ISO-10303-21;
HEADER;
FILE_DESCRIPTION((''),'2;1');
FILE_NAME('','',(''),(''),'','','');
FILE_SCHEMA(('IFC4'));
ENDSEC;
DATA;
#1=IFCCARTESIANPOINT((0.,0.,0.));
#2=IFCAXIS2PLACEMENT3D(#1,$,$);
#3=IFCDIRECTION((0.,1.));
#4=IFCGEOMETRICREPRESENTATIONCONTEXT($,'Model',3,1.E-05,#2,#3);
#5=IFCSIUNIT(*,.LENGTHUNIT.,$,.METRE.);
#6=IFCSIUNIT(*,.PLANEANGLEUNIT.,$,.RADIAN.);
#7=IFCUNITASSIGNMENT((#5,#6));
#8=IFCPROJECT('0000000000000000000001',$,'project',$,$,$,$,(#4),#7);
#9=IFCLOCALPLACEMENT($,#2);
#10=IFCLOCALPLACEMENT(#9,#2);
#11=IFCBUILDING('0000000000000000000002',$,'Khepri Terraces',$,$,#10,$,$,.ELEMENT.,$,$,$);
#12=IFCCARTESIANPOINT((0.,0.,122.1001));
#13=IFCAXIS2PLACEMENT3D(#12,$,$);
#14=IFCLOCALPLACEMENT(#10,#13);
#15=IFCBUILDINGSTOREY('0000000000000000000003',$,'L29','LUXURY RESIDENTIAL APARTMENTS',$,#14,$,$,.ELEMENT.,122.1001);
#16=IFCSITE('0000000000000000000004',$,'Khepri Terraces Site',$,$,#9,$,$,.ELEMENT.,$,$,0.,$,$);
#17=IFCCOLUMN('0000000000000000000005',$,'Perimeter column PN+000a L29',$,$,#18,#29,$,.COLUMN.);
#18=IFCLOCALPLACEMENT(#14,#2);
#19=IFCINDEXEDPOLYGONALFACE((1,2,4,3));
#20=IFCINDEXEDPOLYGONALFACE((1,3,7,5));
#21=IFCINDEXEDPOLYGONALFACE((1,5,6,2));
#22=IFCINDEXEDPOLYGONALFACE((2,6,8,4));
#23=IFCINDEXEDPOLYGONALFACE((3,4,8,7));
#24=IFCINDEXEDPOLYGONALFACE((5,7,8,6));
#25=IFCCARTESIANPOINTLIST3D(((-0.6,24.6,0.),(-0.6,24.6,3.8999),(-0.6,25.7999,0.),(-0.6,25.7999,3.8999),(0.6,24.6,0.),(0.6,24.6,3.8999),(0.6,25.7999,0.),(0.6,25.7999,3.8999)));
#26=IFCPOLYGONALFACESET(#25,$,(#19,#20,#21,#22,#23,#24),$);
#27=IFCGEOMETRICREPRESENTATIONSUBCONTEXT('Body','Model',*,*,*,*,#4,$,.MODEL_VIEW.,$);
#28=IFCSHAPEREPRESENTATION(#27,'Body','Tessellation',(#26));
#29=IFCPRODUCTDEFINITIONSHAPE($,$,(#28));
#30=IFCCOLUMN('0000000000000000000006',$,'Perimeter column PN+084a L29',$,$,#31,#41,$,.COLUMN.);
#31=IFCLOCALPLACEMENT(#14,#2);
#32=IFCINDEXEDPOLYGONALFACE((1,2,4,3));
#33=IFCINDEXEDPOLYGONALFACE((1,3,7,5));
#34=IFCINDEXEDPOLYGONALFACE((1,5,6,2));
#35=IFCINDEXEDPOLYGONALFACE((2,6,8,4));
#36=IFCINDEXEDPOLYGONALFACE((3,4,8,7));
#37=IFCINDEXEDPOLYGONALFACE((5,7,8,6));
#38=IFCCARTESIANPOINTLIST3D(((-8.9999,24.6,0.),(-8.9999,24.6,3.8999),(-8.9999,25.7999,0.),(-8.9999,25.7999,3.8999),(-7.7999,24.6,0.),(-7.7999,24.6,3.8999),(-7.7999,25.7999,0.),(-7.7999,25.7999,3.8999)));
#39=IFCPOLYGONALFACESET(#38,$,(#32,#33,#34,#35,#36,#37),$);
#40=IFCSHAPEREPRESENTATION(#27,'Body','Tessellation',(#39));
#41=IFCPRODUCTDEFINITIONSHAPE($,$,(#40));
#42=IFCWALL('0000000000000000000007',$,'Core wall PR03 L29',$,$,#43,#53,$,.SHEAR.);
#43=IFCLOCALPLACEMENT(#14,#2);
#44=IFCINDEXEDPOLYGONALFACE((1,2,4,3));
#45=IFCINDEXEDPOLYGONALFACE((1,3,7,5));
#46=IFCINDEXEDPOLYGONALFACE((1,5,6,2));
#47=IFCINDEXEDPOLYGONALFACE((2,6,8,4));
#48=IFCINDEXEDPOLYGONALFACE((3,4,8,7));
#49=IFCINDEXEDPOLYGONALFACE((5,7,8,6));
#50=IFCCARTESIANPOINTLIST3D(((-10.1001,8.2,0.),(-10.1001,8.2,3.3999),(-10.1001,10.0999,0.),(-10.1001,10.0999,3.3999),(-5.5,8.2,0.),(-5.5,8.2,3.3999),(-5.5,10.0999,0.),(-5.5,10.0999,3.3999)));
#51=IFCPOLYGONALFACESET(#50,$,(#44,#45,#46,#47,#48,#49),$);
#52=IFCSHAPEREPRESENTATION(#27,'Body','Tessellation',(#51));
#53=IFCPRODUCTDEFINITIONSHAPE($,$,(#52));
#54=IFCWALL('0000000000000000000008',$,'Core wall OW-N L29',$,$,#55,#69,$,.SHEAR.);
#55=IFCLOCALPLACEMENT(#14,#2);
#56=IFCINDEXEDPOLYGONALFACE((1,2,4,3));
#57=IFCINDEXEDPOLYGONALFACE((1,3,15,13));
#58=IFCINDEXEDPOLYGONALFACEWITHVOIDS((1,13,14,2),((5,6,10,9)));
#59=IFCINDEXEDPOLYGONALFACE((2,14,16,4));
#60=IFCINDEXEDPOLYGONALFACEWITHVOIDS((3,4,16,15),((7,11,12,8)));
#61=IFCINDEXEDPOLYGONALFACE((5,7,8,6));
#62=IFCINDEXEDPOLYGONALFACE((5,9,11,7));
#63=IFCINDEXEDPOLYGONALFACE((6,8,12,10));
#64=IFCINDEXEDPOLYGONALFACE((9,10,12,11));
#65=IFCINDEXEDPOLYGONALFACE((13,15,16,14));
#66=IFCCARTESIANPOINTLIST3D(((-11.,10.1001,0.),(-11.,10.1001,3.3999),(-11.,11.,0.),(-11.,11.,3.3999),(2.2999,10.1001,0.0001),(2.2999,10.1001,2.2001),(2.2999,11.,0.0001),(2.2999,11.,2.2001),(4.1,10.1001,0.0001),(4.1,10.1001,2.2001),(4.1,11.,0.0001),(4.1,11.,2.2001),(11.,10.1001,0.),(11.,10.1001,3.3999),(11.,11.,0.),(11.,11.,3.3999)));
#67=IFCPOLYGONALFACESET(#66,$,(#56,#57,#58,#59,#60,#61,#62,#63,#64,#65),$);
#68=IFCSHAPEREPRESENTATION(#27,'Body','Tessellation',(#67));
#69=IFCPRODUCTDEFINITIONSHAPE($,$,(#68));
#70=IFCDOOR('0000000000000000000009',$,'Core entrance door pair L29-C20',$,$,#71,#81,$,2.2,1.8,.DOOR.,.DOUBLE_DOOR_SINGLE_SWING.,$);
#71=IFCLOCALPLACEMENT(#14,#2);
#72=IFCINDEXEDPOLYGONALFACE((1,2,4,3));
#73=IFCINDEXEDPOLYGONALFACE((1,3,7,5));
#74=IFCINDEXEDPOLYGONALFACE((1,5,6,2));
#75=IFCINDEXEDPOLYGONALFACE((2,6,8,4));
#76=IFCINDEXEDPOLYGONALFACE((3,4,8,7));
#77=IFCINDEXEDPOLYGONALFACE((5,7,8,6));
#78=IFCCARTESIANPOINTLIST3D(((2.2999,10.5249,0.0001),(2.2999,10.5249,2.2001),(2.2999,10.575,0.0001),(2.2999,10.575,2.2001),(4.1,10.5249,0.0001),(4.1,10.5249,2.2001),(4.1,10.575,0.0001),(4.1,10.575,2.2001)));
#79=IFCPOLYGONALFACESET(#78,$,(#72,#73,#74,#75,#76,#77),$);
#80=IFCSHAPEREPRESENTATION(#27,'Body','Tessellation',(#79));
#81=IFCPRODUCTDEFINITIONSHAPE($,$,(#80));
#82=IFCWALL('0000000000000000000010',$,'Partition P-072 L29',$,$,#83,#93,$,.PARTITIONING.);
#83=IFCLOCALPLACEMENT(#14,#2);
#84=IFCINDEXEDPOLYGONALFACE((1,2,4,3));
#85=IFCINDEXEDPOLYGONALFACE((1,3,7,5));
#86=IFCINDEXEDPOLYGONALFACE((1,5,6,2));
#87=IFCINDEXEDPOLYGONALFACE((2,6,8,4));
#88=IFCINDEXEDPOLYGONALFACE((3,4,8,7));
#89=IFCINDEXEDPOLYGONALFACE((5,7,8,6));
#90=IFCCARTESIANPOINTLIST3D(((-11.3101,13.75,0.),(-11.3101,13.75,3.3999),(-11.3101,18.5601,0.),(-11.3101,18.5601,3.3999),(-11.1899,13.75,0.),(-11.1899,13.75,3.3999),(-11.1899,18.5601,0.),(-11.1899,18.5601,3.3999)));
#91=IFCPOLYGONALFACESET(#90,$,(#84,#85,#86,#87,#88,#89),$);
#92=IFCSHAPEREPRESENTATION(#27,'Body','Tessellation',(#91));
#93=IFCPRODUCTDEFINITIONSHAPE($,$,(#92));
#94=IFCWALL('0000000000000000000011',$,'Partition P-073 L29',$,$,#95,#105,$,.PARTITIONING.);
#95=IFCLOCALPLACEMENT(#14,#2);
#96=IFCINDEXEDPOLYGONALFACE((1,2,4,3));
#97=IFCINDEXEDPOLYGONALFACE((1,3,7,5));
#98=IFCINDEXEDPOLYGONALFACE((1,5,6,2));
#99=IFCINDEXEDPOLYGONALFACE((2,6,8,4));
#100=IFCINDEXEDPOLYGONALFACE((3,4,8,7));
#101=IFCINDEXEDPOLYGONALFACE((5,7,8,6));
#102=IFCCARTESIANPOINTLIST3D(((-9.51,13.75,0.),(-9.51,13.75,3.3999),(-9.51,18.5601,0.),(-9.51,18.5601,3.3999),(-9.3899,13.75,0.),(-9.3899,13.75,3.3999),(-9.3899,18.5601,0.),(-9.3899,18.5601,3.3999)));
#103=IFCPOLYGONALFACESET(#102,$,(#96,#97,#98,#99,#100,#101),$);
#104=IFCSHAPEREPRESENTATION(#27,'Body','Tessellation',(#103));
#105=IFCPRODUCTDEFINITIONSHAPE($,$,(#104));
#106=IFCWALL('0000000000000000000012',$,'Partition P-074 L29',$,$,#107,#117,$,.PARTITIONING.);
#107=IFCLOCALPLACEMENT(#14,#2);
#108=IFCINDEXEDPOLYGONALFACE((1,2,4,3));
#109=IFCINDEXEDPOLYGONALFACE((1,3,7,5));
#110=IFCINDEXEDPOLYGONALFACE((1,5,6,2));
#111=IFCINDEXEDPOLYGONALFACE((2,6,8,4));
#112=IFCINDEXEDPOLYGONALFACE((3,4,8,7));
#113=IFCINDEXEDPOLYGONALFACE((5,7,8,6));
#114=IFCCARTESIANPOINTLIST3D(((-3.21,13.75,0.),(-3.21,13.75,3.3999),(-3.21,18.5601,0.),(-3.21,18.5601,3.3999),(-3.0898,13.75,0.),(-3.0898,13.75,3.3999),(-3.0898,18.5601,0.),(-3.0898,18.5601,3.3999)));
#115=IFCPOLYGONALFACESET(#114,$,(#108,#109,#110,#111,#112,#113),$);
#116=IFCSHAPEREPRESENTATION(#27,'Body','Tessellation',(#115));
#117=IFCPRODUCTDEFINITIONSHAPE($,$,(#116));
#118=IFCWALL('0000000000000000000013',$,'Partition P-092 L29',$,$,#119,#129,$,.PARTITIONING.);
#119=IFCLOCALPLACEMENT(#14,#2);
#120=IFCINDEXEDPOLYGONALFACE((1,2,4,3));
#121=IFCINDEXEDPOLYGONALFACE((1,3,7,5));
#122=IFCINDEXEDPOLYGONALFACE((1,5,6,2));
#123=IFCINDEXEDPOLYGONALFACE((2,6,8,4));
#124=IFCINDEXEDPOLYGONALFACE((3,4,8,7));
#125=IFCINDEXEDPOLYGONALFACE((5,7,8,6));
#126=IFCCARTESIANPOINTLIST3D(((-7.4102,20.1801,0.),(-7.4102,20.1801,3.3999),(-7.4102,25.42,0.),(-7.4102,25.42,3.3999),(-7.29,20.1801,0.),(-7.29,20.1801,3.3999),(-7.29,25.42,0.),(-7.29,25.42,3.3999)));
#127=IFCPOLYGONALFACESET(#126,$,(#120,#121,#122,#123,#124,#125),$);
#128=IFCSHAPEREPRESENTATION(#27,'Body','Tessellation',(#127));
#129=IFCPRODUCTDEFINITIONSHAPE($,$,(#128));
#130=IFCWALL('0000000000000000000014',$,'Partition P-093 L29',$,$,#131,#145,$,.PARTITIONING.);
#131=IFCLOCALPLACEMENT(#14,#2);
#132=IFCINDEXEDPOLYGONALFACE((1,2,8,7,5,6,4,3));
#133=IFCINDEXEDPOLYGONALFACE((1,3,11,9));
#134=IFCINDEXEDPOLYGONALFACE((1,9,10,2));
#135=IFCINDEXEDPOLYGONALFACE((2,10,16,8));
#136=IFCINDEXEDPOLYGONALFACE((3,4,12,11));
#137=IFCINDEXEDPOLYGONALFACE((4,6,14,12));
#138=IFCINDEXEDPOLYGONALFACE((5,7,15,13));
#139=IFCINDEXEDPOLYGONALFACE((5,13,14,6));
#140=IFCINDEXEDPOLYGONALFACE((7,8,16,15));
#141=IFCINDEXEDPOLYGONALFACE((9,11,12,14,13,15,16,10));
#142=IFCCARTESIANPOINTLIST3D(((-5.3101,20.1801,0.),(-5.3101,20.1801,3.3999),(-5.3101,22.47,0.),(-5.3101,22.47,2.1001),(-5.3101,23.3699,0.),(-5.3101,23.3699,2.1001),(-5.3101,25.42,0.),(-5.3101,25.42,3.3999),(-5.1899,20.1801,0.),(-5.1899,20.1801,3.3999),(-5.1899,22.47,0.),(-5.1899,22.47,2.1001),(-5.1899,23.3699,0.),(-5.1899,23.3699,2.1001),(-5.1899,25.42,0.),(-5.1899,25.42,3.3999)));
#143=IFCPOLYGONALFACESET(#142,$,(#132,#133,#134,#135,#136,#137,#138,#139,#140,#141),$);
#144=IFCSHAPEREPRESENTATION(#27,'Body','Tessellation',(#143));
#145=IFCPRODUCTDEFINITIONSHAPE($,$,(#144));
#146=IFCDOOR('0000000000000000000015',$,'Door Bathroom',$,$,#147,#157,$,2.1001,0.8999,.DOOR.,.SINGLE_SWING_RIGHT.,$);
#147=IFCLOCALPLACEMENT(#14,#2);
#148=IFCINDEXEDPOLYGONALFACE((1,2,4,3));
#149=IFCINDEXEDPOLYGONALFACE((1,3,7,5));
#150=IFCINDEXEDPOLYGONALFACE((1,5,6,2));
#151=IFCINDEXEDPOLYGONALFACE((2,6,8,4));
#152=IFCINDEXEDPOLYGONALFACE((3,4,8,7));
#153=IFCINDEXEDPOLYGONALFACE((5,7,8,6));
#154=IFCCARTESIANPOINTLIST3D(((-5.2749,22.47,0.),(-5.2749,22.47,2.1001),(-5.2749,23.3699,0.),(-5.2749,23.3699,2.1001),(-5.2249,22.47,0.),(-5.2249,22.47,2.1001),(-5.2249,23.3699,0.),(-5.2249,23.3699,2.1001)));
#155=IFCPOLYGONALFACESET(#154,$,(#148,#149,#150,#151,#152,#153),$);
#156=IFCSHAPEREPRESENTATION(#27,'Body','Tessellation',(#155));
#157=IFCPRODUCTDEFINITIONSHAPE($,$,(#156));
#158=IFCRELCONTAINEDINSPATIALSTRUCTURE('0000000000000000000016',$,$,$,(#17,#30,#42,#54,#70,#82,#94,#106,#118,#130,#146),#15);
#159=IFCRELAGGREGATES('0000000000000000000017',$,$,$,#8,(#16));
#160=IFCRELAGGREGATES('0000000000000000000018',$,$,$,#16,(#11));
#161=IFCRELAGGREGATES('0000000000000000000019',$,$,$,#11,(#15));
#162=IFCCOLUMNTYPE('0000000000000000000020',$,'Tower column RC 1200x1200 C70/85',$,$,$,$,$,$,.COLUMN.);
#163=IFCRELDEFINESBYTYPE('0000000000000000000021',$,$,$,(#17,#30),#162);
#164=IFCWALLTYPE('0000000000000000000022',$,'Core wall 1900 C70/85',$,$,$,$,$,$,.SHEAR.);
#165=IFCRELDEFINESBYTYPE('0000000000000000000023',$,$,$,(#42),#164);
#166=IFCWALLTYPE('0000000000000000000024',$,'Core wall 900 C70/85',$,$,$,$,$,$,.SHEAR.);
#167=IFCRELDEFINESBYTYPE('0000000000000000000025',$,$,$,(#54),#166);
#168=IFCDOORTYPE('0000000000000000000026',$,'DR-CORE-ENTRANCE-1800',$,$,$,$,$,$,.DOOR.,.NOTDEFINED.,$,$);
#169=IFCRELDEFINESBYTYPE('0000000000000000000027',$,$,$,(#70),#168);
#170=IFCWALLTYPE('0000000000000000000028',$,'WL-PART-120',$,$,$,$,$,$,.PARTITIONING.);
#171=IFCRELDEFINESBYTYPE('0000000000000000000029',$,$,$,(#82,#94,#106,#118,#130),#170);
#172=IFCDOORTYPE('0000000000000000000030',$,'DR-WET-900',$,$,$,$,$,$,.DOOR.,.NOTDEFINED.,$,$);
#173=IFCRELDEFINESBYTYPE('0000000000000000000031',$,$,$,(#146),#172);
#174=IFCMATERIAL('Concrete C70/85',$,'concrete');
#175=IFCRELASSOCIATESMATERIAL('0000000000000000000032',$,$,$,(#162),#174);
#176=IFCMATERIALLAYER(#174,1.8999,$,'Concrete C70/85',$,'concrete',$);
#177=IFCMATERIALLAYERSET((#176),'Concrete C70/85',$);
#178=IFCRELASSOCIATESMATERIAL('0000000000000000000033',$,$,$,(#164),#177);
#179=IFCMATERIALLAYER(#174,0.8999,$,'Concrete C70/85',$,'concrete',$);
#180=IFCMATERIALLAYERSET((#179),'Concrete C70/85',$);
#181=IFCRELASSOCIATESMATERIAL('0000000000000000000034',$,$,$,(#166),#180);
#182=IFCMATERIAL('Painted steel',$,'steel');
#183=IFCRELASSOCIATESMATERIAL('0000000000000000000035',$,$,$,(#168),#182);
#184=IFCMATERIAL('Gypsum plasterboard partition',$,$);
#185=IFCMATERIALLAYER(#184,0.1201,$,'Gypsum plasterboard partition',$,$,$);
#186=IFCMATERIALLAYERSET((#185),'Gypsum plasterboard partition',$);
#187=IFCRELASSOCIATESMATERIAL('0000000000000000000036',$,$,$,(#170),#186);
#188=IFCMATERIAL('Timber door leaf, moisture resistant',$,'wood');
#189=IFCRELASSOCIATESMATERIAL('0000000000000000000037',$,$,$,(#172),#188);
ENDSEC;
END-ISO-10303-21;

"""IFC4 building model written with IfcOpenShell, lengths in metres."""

from ifc_helpers import new_model, si_unit, direction, frame, frame_2d, origin, origin_2d, place, context, subcontext, project, spatial, rectangle, extrude, material, layer, layer_set, material_profile, profile_set, type_object, element, fill, save


model = new_model("IFC4")

# Units and contexts
model_context = context("Model", 3, precision=1e-05, world=origin(), true_north=direction((0.0, 1.0)))
body_context = subcontext(model_context, "Body", "Model", "MODEL_VIEW")
ifc_project = project(units=[si_unit("LENGTHUNIT", "METRE"), si_unit("PLANEANGLEUNIT", "RADIAN")], contexts=[model_context])

# Site, building, storey
site_placement = place(None, origin())
site = spatial("IfcSite", under=ifc_project, at=site_placement, Name="Khepri Terraces Site", CompositionType="ELEMENT", RefElevation=0.0)
building_placement = place(site_placement, origin())
building = spatial("IfcBuilding", under=site, at=building_placement, Name="Khepri Terraces", CompositionType="ELEMENT")
storey_placement = place(building_placement, frame((0.0, 0.0, 122.1001)))
storey = spatial("IfcBuildingStorey", under=building, at=storey_placement, Name="L29", Description="LUXURY RESIDENTIAL APARTMENTS", CompositionType="ELEMENT", Elevation=122.1001)

# Columns
ifc_material_1 = material(Name="Concrete C70/85", Category="concrete")
ifc_material_profile = material_profile(ifc_material_1, rectangle(XDim=1.2, YDim=1.2, at=origin_2d()), Name="Concrete C70/85", Category="concrete")
ifc_profile_set = profile_set([ifc_material_profile], Name="Concrete C70/85")
column_type = type_object("IfcColumnType", Name="Tower column RC 1200x1200 C70/85", PredefinedType="COLUMN", material=ifc_profile_set)
for number, where, z_axis, x_axis, name in (
    (1, (0.0, 25.2, 0.0), (0.0, 0.0, 1.0), (1.0, 0.0, 0.0), "Perimeter column PN+000a L29"),
    (2, (-8.3999, 25.2, 0.0), (0.0, 0.0, 1.0), (1.0, 0.0, 0.0), "Perimeter column PN+084a L29"),
):
    element("IfcColumn", number, at=place(storey_placement, frame(where, z_axis=z_axis, x_axis=x_axis)), inside=storey, type_object=column_type, Name=name, PredefinedType="COLUMN", context=body_context, shape_type="SweptSolid", body=[
        extrude(rectangle(XDim=1.2, YDim=1.2, at=origin_2d()), origin(), (0.0, 0.0, 1.0), 3.8999),
    ])

# Wall
ifc_layer_1 = layer(ifc_material_1, 1.8999, Name="Concrete C70/85", Category="concrete")
ifc_layer_set_1 = layer_set([ifc_layer_1], Name="Concrete C70/85")
wall_type_1 = type_object("IfcWallType", Name="Core wall 1900 C70/85", PredefinedType="SHEAR", material=ifc_layer_set_1)
wall_1_placement = place(storey_placement, frame((-10.1001, 9.1499, 0.0), z_axis=(0.0, 0.0, 1.0), x_axis=(1.0, 0.0, 0.0)))
element("IfcWall", 3, at=wall_1_placement, inside=storey, type_object=wall_type_1, Name="Core wall PR03 L29", PredefinedType="SHEAR", context=body_context, shape_type="SweptSolid", body=[
    extrude(rectangle(XDim=4.6001, YDim=1.8999, at=frame_2d((2.3, 0.0))), origin(), (0.0, 0.0, 1.0), 3.3999),
])

# Wall, opening, door
ifc_layer_2 = layer(ifc_material_1, 0.8999, Name="Concrete C70/85", Category="concrete")
ifc_layer_set_2 = layer_set([ifc_layer_2], Name="Concrete C70/85")
wall_type_2 = type_object("IfcWallType", Name="Core wall 900 C70/85", PredefinedType="SHEAR", material=ifc_layer_set_2)
wall_2_placement = place(storey_placement, frame((-11.0, 10.55, 0.0), z_axis=(0.0, 0.0, 1.0), x_axis=(1.0, 0.0, 0.0)))
wall_2 = element("IfcWall", 4, at=wall_2_placement, inside=storey, type_object=wall_type_2, Name="Core wall OW-N L29", PredefinedType="SHEAR", context=body_context, shape_type="SweptSolid", body=[
    extrude(rectangle(XDim=22.0, YDim=0.8999, at=frame_2d((11.0, 0.0))), origin(), (0.0, 0.0, 1.0), 3.3999),
])
opening_1_placement = place(wall_2_placement, frame((13.3, 0.0, 0.0)))
opening_1 = element("IfcOpeningElement", 5, at=opening_1_placement, cuts=wall_2, PredefinedType="OPENING", context=body_context, shape_type="SweptSolid", body=[
    extrude(rectangle(XDim=1.8, YDim=2.2, at=frame_2d((0.8999, 1.1001))), frame((0.0, 0.46, 0.0), z_axis=(0.0, -1.0, 0.0), x_axis=(1.0, 0.0, 0.0)), (0.0, 0.0, 1.0), 0.9199),
])
ifc_material_2 = material(Name="Painted steel", Category="steel")
door_type_1 = type_object("IfcDoorType", Name="DR-CORE-ENTRANCE-1800", OperationType="NOTDEFINED", PredefinedType="DOOR", material=ifc_material_2)
door_1_placement = place(opening_1_placement, origin())
door_1 = element("IfcDoor", 6, at=door_1_placement, inside=storey, type_object=door_type_1, Name="Core entrance door pair L29-C20", OperationType="DOUBLE_DOOR_SINGLE_SWING", OverallHeight=2.2, OverallWidth=1.8, PredefinedType="DOOR", context=body_context, shape_type="SweptSolid", body=[
    extrude(rectangle(XDim=1.8, YDim=2.2, at=frame_2d((0.8999, 1.1001))), frame((0.0, 0.0249, 0.0), z_axis=(0.0, -1.0, 0.0), x_axis=(1.0, 0.0, 0.0)), (0.0, 0.0, 1.0), 0.05),
])
fill(opening_1, door_1)

# Walls
ifc_material_3 = material(Name="Gypsum plasterboard partition")
ifc_layer_3 = layer(ifc_material_3, 0.1201, Name="Gypsum plasterboard partition")
ifc_layer_set_3 = layer_set([ifc_layer_3], Name="Gypsum plasterboard partition")
wall_type_3 = type_object("IfcWallType", Name="WL-PART-120", PredefinedType="PARTITIONING", material=ifc_layer_set_3)
for number, where, z_axis, x_axis, name in (
    (7, (-11.25, 13.75, 0.0), (0.0, 0.0, 1.0), (0.0, 1.0, 0.0), "Partition P-072 L29"),
    (8, (-9.45, 13.75, 0.0), (0.0, 0.0, 1.0), (0.0, 1.0, 0.0), "Partition P-073 L29"),
    (9, (-3.1499, 13.75, 0.0), (0.0, 0.0, 1.0), (0.0, 1.0, 0.0), "Partition P-074 L29"),
):
    element("IfcWall", number, at=place(storey_placement, frame(where, z_axis=z_axis, x_axis=x_axis)), inside=storey, type_object=wall_type_3, Name=name, PredefinedType="PARTITIONING", context=body_context, shape_type="SweptSolid", body=[
        extrude(rectangle(XDim=4.8101, YDim=0.1201, at=frame_2d((2.405, 0.0))), origin(), (0.0, 0.0, 1.0), 3.3999),
    ])
wall_3_placement = place(storey_placement, frame((-7.3501, 20.1799, 0.0), z_axis=(0.0, 0.0, 1.0), x_axis=(0.0, 1.0, 0.0)))
element("IfcWall", 10, at=wall_3_placement, inside=storey, type_object=wall_type_3, Name="Partition P-092 L29", PredefinedType="PARTITIONING", context=body_context, shape_type="SweptSolid", body=[
    extrude(rectangle(XDim=5.24, YDim=0.1201, at=frame_2d((2.6201, 0.0))), origin(), (0.0, 0.0, 1.0), 3.3999),
])

# Wall, opening, door
wall_4_placement = place(storey_placement, frame((-5.25, 20.1799, 0.0), z_axis=(0.0, 0.0, 1.0), x_axis=(0.0, 1.0, 0.0)))
wall_4 = element("IfcWall", 11, at=wall_4_placement, inside=storey, type_object=wall_type_3, Name="Partition P-093 L29", PredefinedType="PARTITIONING", context=body_context, shape_type="SweptSolid", body=[
    extrude(rectangle(XDim=5.24, YDim=0.1201, at=frame_2d((2.6201, 0.0))), origin(), (0.0, 0.0, 1.0), 3.3999),
])
opening_2_placement = place(wall_4_placement, frame((2.29, 0.0, 0.0)))
opening_2 = element("IfcOpeningElement", 12, at=opening_2_placement, cuts=wall_4, PredefinedType="OPENING", context=body_context, shape_type="SweptSolid", body=[
    extrude(rectangle(XDim=0.8999, YDim=2.1001, at=frame_2d((0.45, 1.05))), frame((0.0, 0.0701, 0.0), z_axis=(0.0, -1.0, 0.0), x_axis=(1.0, 0.0, 0.0)), (0.0, 0.0, 1.0), 0.1401),
])
ifc_material_4 = material(Name="Timber door leaf, moisture resistant", Category="wood")
door_type_2 = type_object("IfcDoorType", Name="DR-WET-900", OperationType="NOTDEFINED", PredefinedType="DOOR", material=ifc_material_4)
door_2_placement = place(opening_2_placement, origin())
door_2 = element("IfcDoor", 13, at=door_2_placement, inside=storey, type_object=door_type_2, Name="Door Bathroom", OperationType="SINGLE_SWING_RIGHT", OverallHeight=2.1001, OverallWidth=0.8999, PredefinedType="DOOR", context=body_context, shape_type="SweptSolid", body=[
    extrude(rectangle(XDim=0.8999, YDim=2.1001, at=frame_2d((0.45, 1.05))), frame((0.0, 0.0249, 0.0), z_axis=(0.0, -1.0, 0.0), x_axis=(1.0, 0.0, 0.0)), (0.0, 0.0, 1.0), 0.05),
])
fill(opening_2, door_2)

save(model, "model.ifc")
